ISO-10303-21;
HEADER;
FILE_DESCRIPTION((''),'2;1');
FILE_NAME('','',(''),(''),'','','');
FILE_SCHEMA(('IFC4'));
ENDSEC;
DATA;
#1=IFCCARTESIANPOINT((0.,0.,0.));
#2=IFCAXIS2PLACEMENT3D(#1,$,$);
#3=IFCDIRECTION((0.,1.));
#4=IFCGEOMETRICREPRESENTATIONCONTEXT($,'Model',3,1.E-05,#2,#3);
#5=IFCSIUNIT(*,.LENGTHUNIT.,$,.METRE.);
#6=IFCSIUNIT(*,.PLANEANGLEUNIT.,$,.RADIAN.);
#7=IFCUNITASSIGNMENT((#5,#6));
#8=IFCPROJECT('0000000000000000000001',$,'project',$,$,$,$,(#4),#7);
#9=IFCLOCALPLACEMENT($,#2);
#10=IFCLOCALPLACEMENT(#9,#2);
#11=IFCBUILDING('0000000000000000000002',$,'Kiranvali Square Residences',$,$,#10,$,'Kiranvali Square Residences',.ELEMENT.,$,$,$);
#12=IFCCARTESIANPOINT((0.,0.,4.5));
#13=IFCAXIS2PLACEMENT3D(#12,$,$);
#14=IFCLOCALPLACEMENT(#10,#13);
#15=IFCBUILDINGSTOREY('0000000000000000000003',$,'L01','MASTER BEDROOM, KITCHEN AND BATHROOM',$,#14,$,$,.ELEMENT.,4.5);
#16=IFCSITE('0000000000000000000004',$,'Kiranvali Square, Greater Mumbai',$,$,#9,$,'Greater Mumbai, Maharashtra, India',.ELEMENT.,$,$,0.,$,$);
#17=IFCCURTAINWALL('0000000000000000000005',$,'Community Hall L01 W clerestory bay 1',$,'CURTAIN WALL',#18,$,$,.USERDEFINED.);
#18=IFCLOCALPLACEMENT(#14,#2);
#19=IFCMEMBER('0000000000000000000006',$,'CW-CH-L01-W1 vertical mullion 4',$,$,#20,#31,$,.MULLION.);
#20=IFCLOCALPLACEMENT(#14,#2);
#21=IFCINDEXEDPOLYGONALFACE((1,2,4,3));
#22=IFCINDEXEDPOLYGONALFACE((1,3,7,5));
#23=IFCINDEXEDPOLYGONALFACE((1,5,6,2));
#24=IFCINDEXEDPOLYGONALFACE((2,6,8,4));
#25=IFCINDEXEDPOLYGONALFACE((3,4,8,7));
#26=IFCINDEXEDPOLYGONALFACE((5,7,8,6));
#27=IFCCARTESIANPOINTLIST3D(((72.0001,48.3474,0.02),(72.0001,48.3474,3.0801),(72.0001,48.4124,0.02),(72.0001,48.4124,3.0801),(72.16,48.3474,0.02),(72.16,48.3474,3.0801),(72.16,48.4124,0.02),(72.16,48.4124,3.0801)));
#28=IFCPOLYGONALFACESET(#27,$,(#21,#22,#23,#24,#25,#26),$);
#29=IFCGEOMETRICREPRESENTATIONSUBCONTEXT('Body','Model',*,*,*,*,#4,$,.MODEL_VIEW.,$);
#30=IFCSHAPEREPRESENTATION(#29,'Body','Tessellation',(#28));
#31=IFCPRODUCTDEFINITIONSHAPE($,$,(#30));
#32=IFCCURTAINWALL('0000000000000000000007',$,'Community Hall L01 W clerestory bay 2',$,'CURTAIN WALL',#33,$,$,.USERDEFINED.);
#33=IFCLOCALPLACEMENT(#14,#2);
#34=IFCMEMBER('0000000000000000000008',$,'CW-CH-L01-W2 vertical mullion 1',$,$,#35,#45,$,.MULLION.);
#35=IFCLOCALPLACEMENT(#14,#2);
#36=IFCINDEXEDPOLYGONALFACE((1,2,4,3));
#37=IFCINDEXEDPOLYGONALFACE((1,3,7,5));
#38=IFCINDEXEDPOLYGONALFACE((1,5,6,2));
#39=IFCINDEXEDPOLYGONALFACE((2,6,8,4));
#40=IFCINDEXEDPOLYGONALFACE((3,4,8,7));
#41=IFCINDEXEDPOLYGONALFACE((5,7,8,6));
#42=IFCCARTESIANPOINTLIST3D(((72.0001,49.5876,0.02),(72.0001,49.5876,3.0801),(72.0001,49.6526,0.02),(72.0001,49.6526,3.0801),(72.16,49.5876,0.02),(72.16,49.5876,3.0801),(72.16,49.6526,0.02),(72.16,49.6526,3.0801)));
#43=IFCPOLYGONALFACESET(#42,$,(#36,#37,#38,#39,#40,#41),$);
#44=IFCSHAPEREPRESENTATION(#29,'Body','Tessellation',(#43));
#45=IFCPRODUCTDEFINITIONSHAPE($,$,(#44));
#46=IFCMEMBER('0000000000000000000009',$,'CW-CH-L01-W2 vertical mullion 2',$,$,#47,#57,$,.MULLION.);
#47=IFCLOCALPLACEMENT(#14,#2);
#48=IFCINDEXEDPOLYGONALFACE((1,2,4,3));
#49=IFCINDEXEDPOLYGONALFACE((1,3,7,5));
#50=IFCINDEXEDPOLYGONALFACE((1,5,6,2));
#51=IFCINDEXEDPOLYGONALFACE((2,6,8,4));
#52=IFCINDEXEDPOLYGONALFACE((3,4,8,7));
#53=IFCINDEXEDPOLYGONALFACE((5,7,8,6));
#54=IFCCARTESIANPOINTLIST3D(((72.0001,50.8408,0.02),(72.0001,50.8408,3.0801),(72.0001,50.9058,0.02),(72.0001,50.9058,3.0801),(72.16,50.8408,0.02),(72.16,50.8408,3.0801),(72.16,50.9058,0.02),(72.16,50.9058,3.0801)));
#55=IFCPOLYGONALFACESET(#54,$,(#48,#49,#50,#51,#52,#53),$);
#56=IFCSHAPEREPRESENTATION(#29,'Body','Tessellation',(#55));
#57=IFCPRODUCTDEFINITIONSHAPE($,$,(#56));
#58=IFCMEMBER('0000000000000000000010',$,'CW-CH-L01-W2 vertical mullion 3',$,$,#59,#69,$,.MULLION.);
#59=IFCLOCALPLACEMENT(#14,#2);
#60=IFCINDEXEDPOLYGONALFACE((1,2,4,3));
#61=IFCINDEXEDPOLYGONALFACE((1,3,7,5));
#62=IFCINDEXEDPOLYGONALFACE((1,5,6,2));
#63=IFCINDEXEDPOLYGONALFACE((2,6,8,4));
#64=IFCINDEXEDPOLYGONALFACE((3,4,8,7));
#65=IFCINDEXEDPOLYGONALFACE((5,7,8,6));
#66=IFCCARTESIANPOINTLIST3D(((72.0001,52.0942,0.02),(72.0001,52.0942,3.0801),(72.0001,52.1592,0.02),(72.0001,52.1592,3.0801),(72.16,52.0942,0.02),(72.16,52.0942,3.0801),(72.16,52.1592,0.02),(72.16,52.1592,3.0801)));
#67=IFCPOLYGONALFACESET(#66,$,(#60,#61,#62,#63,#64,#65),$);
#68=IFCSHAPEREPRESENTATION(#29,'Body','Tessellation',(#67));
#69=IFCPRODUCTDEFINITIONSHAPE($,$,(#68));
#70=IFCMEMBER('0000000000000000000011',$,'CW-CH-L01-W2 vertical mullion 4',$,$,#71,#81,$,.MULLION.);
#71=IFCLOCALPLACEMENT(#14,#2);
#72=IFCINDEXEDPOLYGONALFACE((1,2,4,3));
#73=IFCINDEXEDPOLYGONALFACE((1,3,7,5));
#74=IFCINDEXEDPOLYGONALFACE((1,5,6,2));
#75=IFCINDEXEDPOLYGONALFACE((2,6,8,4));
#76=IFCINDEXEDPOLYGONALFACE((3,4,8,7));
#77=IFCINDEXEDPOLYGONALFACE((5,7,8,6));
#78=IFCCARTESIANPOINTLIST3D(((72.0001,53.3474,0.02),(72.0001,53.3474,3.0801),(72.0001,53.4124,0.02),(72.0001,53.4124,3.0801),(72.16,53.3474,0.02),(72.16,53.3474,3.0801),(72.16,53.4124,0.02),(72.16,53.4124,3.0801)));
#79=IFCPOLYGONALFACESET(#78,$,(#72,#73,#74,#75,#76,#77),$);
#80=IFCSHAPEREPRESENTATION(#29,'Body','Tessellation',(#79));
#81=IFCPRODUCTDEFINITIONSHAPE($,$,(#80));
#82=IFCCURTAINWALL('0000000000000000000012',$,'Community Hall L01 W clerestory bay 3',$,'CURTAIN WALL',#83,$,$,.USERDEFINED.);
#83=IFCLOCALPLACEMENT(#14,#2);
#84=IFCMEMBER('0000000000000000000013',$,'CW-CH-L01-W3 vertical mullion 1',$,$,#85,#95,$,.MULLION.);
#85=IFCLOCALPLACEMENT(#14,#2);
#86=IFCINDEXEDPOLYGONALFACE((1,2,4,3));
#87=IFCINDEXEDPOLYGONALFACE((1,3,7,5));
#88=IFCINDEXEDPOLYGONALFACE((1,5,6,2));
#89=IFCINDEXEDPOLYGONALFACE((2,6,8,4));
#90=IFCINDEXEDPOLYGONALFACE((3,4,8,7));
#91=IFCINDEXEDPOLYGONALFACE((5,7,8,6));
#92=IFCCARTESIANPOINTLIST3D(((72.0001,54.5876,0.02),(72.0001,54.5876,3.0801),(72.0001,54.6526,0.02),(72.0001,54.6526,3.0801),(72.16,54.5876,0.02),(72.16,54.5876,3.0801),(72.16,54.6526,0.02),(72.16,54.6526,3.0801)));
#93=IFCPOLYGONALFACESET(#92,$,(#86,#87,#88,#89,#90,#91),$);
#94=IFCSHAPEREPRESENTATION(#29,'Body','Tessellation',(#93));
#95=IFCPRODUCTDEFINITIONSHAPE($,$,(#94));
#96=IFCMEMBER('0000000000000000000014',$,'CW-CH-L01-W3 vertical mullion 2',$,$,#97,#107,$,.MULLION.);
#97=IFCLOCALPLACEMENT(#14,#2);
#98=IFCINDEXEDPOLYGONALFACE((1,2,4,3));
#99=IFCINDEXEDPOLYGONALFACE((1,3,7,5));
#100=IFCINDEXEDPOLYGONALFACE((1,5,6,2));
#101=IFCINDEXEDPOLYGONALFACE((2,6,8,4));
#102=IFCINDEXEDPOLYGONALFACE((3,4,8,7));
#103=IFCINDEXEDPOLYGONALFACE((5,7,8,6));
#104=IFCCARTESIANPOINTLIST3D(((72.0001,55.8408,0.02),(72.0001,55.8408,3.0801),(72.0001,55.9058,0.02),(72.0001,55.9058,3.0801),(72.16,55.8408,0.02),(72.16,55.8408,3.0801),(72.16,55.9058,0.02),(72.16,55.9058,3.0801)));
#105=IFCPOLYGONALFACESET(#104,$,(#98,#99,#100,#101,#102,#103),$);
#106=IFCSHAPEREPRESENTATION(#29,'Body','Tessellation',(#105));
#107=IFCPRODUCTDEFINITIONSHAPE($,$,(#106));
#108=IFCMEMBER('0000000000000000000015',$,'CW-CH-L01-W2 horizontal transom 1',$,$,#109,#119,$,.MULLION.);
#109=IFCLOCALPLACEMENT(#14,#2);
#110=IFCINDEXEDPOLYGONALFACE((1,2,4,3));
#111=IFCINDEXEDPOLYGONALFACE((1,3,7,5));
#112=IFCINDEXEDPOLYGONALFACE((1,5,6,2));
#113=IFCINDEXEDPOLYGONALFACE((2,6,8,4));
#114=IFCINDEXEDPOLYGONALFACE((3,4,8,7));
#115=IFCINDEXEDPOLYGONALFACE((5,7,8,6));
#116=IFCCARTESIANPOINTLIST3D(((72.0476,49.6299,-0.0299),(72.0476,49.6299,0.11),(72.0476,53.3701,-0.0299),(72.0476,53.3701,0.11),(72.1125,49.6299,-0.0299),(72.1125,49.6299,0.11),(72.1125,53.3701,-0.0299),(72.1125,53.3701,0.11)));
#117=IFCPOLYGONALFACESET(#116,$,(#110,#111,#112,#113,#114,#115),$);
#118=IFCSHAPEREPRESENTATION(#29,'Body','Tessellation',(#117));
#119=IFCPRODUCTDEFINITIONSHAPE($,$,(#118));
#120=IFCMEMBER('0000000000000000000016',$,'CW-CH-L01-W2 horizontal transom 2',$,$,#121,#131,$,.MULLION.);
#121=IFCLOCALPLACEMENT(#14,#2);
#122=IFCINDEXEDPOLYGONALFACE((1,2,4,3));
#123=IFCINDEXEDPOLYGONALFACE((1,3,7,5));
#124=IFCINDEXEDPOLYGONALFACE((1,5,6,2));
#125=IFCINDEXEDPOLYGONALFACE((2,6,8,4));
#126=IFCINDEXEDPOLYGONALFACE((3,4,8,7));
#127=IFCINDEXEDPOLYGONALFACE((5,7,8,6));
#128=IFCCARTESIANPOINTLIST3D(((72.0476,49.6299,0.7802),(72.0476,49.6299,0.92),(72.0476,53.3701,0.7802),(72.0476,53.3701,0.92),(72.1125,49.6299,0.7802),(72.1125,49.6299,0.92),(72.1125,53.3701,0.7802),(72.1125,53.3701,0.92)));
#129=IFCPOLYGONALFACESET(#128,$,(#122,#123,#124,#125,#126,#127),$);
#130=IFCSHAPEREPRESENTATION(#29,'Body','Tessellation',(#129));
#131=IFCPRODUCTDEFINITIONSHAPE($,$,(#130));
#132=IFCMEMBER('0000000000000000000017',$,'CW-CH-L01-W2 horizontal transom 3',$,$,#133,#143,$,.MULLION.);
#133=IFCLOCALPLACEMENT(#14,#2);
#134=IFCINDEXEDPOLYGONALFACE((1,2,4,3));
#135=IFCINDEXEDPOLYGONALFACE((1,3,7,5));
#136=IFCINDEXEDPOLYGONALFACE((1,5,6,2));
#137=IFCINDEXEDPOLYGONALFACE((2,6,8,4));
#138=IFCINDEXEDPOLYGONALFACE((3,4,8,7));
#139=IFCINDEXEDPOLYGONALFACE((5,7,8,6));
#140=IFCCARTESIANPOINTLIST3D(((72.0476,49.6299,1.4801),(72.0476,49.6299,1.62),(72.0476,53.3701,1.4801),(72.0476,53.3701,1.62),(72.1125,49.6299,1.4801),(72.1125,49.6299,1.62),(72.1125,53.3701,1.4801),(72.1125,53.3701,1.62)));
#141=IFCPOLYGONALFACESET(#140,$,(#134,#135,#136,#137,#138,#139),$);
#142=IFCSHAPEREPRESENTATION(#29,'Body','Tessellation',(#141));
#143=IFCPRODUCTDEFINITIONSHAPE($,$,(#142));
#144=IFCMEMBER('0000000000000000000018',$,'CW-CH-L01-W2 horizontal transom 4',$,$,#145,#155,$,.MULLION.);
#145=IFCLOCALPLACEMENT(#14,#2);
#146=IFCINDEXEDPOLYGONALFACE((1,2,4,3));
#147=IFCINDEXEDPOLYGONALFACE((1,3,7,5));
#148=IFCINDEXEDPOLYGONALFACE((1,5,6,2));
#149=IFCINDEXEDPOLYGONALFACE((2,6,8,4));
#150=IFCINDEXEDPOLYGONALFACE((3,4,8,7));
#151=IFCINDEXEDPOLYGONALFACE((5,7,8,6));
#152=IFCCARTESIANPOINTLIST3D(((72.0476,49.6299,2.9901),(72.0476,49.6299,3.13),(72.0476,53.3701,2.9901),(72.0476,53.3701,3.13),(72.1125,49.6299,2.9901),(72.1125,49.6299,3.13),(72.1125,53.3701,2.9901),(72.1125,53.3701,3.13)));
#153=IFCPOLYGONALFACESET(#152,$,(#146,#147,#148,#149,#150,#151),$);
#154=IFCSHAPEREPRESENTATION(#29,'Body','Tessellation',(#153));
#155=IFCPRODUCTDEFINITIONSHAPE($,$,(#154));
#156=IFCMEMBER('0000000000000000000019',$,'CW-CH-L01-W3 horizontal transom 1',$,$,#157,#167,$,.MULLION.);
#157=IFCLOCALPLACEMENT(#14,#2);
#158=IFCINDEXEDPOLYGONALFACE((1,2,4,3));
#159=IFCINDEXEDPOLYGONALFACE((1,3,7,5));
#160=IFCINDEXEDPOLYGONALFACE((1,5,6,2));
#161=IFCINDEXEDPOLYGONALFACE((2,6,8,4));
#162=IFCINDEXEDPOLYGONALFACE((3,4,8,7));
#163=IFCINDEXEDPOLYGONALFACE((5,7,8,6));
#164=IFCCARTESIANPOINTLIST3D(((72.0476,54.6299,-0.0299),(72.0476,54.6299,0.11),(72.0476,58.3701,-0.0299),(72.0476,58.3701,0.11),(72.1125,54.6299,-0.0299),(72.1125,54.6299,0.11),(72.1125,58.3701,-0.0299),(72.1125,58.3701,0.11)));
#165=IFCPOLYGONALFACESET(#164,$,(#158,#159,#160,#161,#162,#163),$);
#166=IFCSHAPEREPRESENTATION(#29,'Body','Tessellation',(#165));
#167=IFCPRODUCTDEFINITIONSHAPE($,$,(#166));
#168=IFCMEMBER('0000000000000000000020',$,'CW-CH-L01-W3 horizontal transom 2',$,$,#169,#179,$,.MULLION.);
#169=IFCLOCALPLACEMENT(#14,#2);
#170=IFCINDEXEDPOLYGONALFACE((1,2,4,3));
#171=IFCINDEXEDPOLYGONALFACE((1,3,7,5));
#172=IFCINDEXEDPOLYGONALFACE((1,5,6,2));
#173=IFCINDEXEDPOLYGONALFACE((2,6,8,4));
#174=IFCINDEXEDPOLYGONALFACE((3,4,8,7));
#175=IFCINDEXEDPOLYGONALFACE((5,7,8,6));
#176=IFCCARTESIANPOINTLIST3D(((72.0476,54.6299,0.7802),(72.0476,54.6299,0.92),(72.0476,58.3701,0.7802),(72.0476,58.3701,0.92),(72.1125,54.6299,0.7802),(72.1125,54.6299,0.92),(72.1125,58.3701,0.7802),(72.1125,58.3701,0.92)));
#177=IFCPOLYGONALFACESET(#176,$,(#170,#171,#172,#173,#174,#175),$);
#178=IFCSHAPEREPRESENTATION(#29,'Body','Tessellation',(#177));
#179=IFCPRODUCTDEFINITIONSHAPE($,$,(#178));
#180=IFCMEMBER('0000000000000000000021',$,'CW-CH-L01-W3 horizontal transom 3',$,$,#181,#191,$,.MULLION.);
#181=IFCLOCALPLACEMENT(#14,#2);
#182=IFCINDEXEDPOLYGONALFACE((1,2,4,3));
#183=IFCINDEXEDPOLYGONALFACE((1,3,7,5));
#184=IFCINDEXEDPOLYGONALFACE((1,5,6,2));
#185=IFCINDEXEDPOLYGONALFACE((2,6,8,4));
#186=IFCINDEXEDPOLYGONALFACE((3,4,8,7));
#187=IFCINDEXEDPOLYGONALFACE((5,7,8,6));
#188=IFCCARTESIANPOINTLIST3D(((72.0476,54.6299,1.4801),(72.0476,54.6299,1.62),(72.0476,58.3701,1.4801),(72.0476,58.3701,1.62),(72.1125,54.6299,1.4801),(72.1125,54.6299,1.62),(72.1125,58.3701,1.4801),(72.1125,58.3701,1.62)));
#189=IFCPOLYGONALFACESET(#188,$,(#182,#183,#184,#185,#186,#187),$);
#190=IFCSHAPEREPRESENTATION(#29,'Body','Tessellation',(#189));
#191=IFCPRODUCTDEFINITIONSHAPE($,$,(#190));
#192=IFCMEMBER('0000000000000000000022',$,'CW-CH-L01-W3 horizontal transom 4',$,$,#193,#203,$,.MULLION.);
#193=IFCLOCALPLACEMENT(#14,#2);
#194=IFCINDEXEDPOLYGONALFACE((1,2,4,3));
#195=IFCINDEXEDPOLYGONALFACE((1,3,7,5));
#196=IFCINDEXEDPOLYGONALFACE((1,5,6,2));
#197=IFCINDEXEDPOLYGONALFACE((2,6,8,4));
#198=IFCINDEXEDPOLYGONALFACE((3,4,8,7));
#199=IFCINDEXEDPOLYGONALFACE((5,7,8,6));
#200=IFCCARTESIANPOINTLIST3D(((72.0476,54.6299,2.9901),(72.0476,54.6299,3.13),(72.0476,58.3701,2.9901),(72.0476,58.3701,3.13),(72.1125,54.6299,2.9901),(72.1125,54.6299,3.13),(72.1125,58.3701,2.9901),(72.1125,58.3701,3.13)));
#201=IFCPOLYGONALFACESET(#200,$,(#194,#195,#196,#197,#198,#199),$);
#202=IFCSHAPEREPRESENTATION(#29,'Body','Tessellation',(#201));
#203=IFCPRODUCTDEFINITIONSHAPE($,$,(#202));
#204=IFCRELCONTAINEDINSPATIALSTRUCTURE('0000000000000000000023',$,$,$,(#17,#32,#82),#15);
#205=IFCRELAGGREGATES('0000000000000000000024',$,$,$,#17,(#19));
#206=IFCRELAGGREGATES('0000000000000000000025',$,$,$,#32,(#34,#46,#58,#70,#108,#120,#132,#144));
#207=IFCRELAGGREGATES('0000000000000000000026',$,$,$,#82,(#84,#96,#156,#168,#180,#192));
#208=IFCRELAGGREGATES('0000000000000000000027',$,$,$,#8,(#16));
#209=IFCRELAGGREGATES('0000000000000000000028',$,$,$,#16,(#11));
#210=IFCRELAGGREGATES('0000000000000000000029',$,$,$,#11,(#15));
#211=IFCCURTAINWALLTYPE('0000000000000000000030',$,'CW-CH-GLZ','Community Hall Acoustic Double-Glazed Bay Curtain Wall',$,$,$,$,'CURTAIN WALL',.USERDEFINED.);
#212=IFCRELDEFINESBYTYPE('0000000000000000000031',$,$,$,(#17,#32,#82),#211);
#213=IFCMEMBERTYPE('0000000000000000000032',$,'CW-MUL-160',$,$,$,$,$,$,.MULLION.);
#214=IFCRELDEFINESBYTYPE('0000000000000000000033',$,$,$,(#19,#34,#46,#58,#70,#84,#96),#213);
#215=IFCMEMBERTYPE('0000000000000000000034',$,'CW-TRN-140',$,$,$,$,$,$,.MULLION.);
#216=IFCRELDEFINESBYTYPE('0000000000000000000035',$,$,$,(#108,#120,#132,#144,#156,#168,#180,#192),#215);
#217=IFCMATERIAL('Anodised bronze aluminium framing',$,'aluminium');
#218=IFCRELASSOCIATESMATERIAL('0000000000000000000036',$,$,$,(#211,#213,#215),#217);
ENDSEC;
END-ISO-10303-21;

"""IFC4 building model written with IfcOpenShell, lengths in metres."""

from ifc_helpers import new_model, si_unit, direction, frame, origin, origin_2d, place, context, subcontext, project, spatial, rectangle, extrude, material, material_profile, profile_set, type_object, element, aggregate, save


model = new_model("IFC4")

# Units and contexts
model_context = context("Model", 3, precision=1e-05, world=origin(), true_north=direction((0.0, 1.0)))
body_context = subcontext(model_context, "Body", "Model", "MODEL_VIEW")
ifc_project = project(units=[si_unit("LENGTHUNIT", "METRE"), si_unit("PLANEANGLEUNIT", "RADIAN")], contexts=[model_context])

# Site, building, storey
site_placement = place(None, origin())
site = spatial("IfcSite", under=ifc_project, at=site_placement, Name="Kiranvali Square, Greater Mumbai", LongName="Greater Mumbai, Maharashtra, India", CompositionType="ELEMENT", RefElevation=0.0)
building_placement = place(site_placement, origin())
building = spatial("IfcBuilding", under=site, at=building_placement, Name="Kiranvali Square Residences", LongName="Kiranvali Square Residences", CompositionType="ELEMENT")
storey_placement = place(building_placement, frame((0.0, 0.0, 4.5)))
storey = spatial("IfcBuildingStorey", under=building, at=storey_placement, Name="L01", Description="MASTER BEDROOM, KITCHEN AND BATHROOM", CompositionType="ELEMENT", Elevation=4.5)

# Curtain wall, member
ifc_material_1 = material(Name="Anodised bronze aluminium framing", Category="aluminium")
curtain_wall_type = type_object("IfcCurtainWallType", Name="CW-CH-GLZ", Description="Community Hall Acoustic Double-Glazed Bay Curtain Wall", ElementType="CURTAIN WALL", PredefinedType="USERDEFINED", material=ifc_material_1)
curtain_wall_1_placement = place(storey_placement, origin())
curtain_wall_1 = element("IfcCurtainWall", 1, at=curtain_wall_1_placement, inside=storey, type_object=curtain_wall_type, Name="Community Hall L01 W clerestory bay 1", ObjectType="CURTAIN WALL", PredefinedType="USERDEFINED")
ifc_material_profile_1 = material_profile(ifc_material_1, rectangle(XDim=0.0649, YDim=0.1599, at=origin_2d()), Name="ALU 65x160")
ifc_profile_set_1 = profile_set([ifc_material_profile_1], Name="Anodised bronze aluminium framing")
member_type_1 = type_object("IfcMemberType", Name="CW-MUL-160", PredefinedType="MULLION", material=ifc_profile_set_1)
member_1_placement = place(storey_placement, frame((72.0801, 48.3799, 0.02), z_axis=(0.0, 0.0, 1.0), x_axis=(0.0, 1.0, 0.0)))
member_1 = element("IfcMember", 2, at=member_1_placement, type_object=member_type_1, Name="CW-CH-L01-W1 vertical mullion 4", PredefinedType="MULLION", context=body_context, shape_type="SweptSolid", body=[
    extrude(rectangle(XDim=0.0649, YDim=0.1599, at=origin_2d()), origin(), (0.0, 0.0, 1.0), 3.0601),
])

# Curtain walls, members
curtain_wall_2_placement = place(storey_placement, origin())
curtain_wall_2 = element("IfcCurtainWall", 3, at=curtain_wall_2_placement, inside=storey, type_object=curtain_wall_type, Name="Community Hall L01 W clerestory bay 2", ObjectType="CURTAIN WALL", PredefinedType="USERDEFINED")
member_2_placement = place(storey_placement, frame((72.0801, 49.6201, 0.02), z_axis=(0.0, 0.0, 1.0), x_axis=(0.0, 1.0, 0.0)))
member_2 = element("IfcMember", 4, at=member_2_placement, type_object=member_type_1, Name="CW-CH-L01-W2 vertical mullion 1", PredefinedType="MULLION", context=body_context, shape_type="SweptSolid", body=[
    extrude(rectangle(XDim=0.0649, YDim=0.1599, at=origin_2d()), origin(), (0.0, 0.0, 1.0), 3.0601),
])
member_3_placement = place(storey_placement, frame((72.0801, 50.8733, 0.02), z_axis=(0.0, 0.0, 1.0), x_axis=(0.0, 1.0, 0.0)))
member_3 = element("IfcMember", 5, at=member_3_placement, type_object=member_type_1, Name="CW-CH-L01-W2 vertical mullion 2", PredefinedType="MULLION", context=body_context, shape_type="SweptSolid", body=[
    extrude(rectangle(XDim=0.0649, YDim=0.1599, at=origin_2d()), origin(), (0.0, 0.0, 1.0), 3.0601),
])
member_4_placement = place(storey_placement, frame((72.0801, 52.1267, 0.02), z_axis=(0.0, 0.0, 1.0), x_axis=(0.0, 1.0, 0.0)))
member_4 = element("IfcMember", 6, at=member_4_placement, type_object=member_type_1, Name="CW-CH-L01-W2 vertical mullion 3", PredefinedType="MULLION", context=body_context, shape_type="SweptSolid", body=[
    extrude(rectangle(XDim=0.0649, YDim=0.1599, at=origin_2d()), origin(), (0.0, 0.0, 1.0), 3.0601),
])
member_5_placement = place(storey_placement, frame((72.0801, 53.3799, 0.02), z_axis=(0.0, 0.0, 1.0), x_axis=(0.0, 1.0, 0.0)))
member_5 = element("IfcMember", 7, at=member_5_placement, type_object=member_type_1, Name="CW-CH-L01-W2 vertical mullion 4", PredefinedType="MULLION", context=body_context, shape_type="SweptSolid", body=[
    extrude(rectangle(XDim=0.0649, YDim=0.1599, at=origin_2d()), origin(), (0.0, 0.0, 1.0), 3.0601),
])
curtain_wall_3_placement = place(storey_placement, origin())
curtain_wall_3 = element("IfcCurtainWall", 8, at=curtain_wall_3_placement, inside=storey, type_object=curtain_wall_type, Name="Community Hall L01 W clerestory bay 3", ObjectType="CURTAIN WALL", PredefinedType="USERDEFINED")
member_6_placement = place(storey_placement, frame((72.0801, 54.6201, 0.02), z_axis=(0.0, 0.0, 1.0), x_axis=(0.0, 1.0, 0.0)))
member_6 = element("IfcMember", 9, at=member_6_placement, type_object=member_type_1, Name="CW-CH-L01-W3 vertical mullion 1", PredefinedType="MULLION", context=body_context, shape_type="SweptSolid", body=[
    extrude(rectangle(XDim=0.0649, YDim=0.1599, at=origin_2d()), origin(), (0.0, 0.0, 1.0), 3.0601),
])
member_7_placement = place(storey_placement, frame((72.0801, 55.8733, 0.02), z_axis=(0.0, 0.0, 1.0), x_axis=(0.0, 1.0, 0.0)))
member_7 = element("IfcMember", 10, at=member_7_placement, type_object=member_type_1, Name="CW-CH-L01-W3 vertical mullion 2", PredefinedType="MULLION", context=body_context, shape_type="SweptSolid", body=[
    extrude(rectangle(XDim=0.0649, YDim=0.1599, at=origin_2d()), origin(), (0.0, 0.0, 1.0), 3.0601),
])

# Members
ifc_material_profile_2 = material_profile(ifc_material_1, rectangle(XDim=0.0649, YDim=0.1399, at=origin_2d()), Name="ALU 65x140")
ifc_profile_set_2 = profile_set([ifc_material_profile_2], Name="Anodised bronze aluminium framing")
member_type_2 = type_object("IfcMemberType", Name="CW-TRN-140", PredefinedType="MULLION", material=ifc_profile_set_2)
member_8_placement = place(storey_placement, frame((72.0801, 49.6299, 0.04), z_axis=(0.0, 1.0, 0.0), x_axis=(-1.0, 0.0, 0.0)))
member_8 = element("IfcMember", 11, at=member_8_placement, type_object=member_type_2, Name="CW-CH-L01-W2 horizontal transom 1", PredefinedType="MULLION", context=body_context, shape_type="SweptSolid", body=[
    extrude(rectangle(XDim=0.0649, YDim=0.1399, at=origin_2d()), origin(), (0.0, 0.0, 1.0), 3.7402),
])
member_9_placement = place(storey_placement, frame((72.0801, 49.6299, 0.8501), z_axis=(0.0, 1.0, 0.0), x_axis=(-1.0, 0.0, 0.0)))
member_9 = element("IfcMember", 12, at=member_9_placement, type_object=member_type_2, Name="CW-CH-L01-W2 horizontal transom 2", PredefinedType="MULLION", context=body_context, shape_type="SweptSolid", body=[
    extrude(rectangle(XDim=0.0649, YDim=0.1399, at=origin_2d()), origin(), (0.0, 0.0, 1.0), 3.7402),
])
member_10_placement = place(storey_placement, frame((72.0801, 49.6299, 1.55), z_axis=(0.0, 1.0, 0.0), x_axis=(-1.0, 0.0, 0.0)))
member_10 = element("IfcMember", 13, at=member_10_placement, type_object=member_type_2, Name="CW-CH-L01-W2 horizontal transom 3", PredefinedType="MULLION", context=body_context, shape_type="SweptSolid", body=[
    extrude(rectangle(XDim=0.0649, YDim=0.1399, at=origin_2d()), origin(), (0.0, 0.0, 1.0), 3.7402),
])
member_11_placement = place(storey_placement, frame((72.0801, 49.6299, 3.0601), z_axis=(0.0, 1.0, 0.0), x_axis=(-1.0, 0.0, 0.0)))
member_11 = element("IfcMember", 14, at=member_11_placement, type_object=member_type_2, Name="CW-CH-L01-W2 horizontal transom 4", PredefinedType="MULLION", context=body_context, shape_type="SweptSolid", body=[
    extrude(rectangle(XDim=0.0649, YDim=0.1399, at=origin_2d()), origin(), (0.0, 0.0, 1.0), 3.7402),
])
member_12_placement = place(storey_placement, frame((72.0801, 54.6299, 0.04), z_axis=(0.0, 1.0, 0.0), x_axis=(-1.0, 0.0, 0.0)))
member_12 = element("IfcMember", 15, at=member_12_placement, type_object=member_type_2, Name="CW-CH-L01-W3 horizontal transom 1", PredefinedType="MULLION", context=body_context, shape_type="SweptSolid", body=[
    extrude(rectangle(XDim=0.0649, YDim=0.1399, at=origin_2d()), origin(), (0.0, 0.0, 1.0), 3.7402),
])
member_13_placement = place(storey_placement, frame((72.0801, 54.6299, 0.8501), z_axis=(0.0, 1.0, 0.0), x_axis=(-1.0, 0.0, 0.0)))
member_13 = element("IfcMember", 16, at=member_13_placement, type_object=member_type_2, Name="CW-CH-L01-W3 horizontal transom 2", PredefinedType="MULLION", context=body_context, shape_type="SweptSolid", body=[
    extrude(rectangle(XDim=0.0649, YDim=0.1399, at=origin_2d()), origin(), (0.0, 0.0, 1.0), 3.7402),
])
member_14_placement = place(storey_placement, frame((72.0801, 54.6299, 1.55), z_axis=(0.0, 1.0, 0.0), x_axis=(-1.0, 0.0, 0.0)))
member_14 = element("IfcMember", 17, at=member_14_placement, type_object=member_type_2, Name="CW-CH-L01-W3 horizontal transom 3", PredefinedType="MULLION", context=body_context, shape_type="SweptSolid", body=[
    extrude(rectangle(XDim=0.0649, YDim=0.1399, at=origin_2d()), origin(), (0.0, 0.0, 1.0), 3.7402),
])
member_15_placement = place(storey_placement, frame((72.0801, 54.6299, 3.0601), z_axis=(0.0, 1.0, 0.0), x_axis=(-1.0, 0.0, 0.0)))
member_15 = element("IfcMember", 18, at=member_15_placement, type_object=member_type_2, Name="CW-CH-L01-W3 horizontal transom 4", PredefinedType="MULLION", context=body_context, shape_type="SweptSolid", body=[
    extrude(rectangle(XDim=0.0649, YDim=0.1399, at=origin_2d()), origin(), (0.0, 0.0, 1.0), 3.7402),
])

aggregate(curtain_wall_1, [member_1])
aggregate(curtain_wall_2, [member_2, member_3, member_4, member_5, member_8, member_9, member_10, member_11])
aggregate(curtain_wall_3, [member_6, member_7, member_12, member_13, member_14, member_15])

save(model, "model.ifc")
